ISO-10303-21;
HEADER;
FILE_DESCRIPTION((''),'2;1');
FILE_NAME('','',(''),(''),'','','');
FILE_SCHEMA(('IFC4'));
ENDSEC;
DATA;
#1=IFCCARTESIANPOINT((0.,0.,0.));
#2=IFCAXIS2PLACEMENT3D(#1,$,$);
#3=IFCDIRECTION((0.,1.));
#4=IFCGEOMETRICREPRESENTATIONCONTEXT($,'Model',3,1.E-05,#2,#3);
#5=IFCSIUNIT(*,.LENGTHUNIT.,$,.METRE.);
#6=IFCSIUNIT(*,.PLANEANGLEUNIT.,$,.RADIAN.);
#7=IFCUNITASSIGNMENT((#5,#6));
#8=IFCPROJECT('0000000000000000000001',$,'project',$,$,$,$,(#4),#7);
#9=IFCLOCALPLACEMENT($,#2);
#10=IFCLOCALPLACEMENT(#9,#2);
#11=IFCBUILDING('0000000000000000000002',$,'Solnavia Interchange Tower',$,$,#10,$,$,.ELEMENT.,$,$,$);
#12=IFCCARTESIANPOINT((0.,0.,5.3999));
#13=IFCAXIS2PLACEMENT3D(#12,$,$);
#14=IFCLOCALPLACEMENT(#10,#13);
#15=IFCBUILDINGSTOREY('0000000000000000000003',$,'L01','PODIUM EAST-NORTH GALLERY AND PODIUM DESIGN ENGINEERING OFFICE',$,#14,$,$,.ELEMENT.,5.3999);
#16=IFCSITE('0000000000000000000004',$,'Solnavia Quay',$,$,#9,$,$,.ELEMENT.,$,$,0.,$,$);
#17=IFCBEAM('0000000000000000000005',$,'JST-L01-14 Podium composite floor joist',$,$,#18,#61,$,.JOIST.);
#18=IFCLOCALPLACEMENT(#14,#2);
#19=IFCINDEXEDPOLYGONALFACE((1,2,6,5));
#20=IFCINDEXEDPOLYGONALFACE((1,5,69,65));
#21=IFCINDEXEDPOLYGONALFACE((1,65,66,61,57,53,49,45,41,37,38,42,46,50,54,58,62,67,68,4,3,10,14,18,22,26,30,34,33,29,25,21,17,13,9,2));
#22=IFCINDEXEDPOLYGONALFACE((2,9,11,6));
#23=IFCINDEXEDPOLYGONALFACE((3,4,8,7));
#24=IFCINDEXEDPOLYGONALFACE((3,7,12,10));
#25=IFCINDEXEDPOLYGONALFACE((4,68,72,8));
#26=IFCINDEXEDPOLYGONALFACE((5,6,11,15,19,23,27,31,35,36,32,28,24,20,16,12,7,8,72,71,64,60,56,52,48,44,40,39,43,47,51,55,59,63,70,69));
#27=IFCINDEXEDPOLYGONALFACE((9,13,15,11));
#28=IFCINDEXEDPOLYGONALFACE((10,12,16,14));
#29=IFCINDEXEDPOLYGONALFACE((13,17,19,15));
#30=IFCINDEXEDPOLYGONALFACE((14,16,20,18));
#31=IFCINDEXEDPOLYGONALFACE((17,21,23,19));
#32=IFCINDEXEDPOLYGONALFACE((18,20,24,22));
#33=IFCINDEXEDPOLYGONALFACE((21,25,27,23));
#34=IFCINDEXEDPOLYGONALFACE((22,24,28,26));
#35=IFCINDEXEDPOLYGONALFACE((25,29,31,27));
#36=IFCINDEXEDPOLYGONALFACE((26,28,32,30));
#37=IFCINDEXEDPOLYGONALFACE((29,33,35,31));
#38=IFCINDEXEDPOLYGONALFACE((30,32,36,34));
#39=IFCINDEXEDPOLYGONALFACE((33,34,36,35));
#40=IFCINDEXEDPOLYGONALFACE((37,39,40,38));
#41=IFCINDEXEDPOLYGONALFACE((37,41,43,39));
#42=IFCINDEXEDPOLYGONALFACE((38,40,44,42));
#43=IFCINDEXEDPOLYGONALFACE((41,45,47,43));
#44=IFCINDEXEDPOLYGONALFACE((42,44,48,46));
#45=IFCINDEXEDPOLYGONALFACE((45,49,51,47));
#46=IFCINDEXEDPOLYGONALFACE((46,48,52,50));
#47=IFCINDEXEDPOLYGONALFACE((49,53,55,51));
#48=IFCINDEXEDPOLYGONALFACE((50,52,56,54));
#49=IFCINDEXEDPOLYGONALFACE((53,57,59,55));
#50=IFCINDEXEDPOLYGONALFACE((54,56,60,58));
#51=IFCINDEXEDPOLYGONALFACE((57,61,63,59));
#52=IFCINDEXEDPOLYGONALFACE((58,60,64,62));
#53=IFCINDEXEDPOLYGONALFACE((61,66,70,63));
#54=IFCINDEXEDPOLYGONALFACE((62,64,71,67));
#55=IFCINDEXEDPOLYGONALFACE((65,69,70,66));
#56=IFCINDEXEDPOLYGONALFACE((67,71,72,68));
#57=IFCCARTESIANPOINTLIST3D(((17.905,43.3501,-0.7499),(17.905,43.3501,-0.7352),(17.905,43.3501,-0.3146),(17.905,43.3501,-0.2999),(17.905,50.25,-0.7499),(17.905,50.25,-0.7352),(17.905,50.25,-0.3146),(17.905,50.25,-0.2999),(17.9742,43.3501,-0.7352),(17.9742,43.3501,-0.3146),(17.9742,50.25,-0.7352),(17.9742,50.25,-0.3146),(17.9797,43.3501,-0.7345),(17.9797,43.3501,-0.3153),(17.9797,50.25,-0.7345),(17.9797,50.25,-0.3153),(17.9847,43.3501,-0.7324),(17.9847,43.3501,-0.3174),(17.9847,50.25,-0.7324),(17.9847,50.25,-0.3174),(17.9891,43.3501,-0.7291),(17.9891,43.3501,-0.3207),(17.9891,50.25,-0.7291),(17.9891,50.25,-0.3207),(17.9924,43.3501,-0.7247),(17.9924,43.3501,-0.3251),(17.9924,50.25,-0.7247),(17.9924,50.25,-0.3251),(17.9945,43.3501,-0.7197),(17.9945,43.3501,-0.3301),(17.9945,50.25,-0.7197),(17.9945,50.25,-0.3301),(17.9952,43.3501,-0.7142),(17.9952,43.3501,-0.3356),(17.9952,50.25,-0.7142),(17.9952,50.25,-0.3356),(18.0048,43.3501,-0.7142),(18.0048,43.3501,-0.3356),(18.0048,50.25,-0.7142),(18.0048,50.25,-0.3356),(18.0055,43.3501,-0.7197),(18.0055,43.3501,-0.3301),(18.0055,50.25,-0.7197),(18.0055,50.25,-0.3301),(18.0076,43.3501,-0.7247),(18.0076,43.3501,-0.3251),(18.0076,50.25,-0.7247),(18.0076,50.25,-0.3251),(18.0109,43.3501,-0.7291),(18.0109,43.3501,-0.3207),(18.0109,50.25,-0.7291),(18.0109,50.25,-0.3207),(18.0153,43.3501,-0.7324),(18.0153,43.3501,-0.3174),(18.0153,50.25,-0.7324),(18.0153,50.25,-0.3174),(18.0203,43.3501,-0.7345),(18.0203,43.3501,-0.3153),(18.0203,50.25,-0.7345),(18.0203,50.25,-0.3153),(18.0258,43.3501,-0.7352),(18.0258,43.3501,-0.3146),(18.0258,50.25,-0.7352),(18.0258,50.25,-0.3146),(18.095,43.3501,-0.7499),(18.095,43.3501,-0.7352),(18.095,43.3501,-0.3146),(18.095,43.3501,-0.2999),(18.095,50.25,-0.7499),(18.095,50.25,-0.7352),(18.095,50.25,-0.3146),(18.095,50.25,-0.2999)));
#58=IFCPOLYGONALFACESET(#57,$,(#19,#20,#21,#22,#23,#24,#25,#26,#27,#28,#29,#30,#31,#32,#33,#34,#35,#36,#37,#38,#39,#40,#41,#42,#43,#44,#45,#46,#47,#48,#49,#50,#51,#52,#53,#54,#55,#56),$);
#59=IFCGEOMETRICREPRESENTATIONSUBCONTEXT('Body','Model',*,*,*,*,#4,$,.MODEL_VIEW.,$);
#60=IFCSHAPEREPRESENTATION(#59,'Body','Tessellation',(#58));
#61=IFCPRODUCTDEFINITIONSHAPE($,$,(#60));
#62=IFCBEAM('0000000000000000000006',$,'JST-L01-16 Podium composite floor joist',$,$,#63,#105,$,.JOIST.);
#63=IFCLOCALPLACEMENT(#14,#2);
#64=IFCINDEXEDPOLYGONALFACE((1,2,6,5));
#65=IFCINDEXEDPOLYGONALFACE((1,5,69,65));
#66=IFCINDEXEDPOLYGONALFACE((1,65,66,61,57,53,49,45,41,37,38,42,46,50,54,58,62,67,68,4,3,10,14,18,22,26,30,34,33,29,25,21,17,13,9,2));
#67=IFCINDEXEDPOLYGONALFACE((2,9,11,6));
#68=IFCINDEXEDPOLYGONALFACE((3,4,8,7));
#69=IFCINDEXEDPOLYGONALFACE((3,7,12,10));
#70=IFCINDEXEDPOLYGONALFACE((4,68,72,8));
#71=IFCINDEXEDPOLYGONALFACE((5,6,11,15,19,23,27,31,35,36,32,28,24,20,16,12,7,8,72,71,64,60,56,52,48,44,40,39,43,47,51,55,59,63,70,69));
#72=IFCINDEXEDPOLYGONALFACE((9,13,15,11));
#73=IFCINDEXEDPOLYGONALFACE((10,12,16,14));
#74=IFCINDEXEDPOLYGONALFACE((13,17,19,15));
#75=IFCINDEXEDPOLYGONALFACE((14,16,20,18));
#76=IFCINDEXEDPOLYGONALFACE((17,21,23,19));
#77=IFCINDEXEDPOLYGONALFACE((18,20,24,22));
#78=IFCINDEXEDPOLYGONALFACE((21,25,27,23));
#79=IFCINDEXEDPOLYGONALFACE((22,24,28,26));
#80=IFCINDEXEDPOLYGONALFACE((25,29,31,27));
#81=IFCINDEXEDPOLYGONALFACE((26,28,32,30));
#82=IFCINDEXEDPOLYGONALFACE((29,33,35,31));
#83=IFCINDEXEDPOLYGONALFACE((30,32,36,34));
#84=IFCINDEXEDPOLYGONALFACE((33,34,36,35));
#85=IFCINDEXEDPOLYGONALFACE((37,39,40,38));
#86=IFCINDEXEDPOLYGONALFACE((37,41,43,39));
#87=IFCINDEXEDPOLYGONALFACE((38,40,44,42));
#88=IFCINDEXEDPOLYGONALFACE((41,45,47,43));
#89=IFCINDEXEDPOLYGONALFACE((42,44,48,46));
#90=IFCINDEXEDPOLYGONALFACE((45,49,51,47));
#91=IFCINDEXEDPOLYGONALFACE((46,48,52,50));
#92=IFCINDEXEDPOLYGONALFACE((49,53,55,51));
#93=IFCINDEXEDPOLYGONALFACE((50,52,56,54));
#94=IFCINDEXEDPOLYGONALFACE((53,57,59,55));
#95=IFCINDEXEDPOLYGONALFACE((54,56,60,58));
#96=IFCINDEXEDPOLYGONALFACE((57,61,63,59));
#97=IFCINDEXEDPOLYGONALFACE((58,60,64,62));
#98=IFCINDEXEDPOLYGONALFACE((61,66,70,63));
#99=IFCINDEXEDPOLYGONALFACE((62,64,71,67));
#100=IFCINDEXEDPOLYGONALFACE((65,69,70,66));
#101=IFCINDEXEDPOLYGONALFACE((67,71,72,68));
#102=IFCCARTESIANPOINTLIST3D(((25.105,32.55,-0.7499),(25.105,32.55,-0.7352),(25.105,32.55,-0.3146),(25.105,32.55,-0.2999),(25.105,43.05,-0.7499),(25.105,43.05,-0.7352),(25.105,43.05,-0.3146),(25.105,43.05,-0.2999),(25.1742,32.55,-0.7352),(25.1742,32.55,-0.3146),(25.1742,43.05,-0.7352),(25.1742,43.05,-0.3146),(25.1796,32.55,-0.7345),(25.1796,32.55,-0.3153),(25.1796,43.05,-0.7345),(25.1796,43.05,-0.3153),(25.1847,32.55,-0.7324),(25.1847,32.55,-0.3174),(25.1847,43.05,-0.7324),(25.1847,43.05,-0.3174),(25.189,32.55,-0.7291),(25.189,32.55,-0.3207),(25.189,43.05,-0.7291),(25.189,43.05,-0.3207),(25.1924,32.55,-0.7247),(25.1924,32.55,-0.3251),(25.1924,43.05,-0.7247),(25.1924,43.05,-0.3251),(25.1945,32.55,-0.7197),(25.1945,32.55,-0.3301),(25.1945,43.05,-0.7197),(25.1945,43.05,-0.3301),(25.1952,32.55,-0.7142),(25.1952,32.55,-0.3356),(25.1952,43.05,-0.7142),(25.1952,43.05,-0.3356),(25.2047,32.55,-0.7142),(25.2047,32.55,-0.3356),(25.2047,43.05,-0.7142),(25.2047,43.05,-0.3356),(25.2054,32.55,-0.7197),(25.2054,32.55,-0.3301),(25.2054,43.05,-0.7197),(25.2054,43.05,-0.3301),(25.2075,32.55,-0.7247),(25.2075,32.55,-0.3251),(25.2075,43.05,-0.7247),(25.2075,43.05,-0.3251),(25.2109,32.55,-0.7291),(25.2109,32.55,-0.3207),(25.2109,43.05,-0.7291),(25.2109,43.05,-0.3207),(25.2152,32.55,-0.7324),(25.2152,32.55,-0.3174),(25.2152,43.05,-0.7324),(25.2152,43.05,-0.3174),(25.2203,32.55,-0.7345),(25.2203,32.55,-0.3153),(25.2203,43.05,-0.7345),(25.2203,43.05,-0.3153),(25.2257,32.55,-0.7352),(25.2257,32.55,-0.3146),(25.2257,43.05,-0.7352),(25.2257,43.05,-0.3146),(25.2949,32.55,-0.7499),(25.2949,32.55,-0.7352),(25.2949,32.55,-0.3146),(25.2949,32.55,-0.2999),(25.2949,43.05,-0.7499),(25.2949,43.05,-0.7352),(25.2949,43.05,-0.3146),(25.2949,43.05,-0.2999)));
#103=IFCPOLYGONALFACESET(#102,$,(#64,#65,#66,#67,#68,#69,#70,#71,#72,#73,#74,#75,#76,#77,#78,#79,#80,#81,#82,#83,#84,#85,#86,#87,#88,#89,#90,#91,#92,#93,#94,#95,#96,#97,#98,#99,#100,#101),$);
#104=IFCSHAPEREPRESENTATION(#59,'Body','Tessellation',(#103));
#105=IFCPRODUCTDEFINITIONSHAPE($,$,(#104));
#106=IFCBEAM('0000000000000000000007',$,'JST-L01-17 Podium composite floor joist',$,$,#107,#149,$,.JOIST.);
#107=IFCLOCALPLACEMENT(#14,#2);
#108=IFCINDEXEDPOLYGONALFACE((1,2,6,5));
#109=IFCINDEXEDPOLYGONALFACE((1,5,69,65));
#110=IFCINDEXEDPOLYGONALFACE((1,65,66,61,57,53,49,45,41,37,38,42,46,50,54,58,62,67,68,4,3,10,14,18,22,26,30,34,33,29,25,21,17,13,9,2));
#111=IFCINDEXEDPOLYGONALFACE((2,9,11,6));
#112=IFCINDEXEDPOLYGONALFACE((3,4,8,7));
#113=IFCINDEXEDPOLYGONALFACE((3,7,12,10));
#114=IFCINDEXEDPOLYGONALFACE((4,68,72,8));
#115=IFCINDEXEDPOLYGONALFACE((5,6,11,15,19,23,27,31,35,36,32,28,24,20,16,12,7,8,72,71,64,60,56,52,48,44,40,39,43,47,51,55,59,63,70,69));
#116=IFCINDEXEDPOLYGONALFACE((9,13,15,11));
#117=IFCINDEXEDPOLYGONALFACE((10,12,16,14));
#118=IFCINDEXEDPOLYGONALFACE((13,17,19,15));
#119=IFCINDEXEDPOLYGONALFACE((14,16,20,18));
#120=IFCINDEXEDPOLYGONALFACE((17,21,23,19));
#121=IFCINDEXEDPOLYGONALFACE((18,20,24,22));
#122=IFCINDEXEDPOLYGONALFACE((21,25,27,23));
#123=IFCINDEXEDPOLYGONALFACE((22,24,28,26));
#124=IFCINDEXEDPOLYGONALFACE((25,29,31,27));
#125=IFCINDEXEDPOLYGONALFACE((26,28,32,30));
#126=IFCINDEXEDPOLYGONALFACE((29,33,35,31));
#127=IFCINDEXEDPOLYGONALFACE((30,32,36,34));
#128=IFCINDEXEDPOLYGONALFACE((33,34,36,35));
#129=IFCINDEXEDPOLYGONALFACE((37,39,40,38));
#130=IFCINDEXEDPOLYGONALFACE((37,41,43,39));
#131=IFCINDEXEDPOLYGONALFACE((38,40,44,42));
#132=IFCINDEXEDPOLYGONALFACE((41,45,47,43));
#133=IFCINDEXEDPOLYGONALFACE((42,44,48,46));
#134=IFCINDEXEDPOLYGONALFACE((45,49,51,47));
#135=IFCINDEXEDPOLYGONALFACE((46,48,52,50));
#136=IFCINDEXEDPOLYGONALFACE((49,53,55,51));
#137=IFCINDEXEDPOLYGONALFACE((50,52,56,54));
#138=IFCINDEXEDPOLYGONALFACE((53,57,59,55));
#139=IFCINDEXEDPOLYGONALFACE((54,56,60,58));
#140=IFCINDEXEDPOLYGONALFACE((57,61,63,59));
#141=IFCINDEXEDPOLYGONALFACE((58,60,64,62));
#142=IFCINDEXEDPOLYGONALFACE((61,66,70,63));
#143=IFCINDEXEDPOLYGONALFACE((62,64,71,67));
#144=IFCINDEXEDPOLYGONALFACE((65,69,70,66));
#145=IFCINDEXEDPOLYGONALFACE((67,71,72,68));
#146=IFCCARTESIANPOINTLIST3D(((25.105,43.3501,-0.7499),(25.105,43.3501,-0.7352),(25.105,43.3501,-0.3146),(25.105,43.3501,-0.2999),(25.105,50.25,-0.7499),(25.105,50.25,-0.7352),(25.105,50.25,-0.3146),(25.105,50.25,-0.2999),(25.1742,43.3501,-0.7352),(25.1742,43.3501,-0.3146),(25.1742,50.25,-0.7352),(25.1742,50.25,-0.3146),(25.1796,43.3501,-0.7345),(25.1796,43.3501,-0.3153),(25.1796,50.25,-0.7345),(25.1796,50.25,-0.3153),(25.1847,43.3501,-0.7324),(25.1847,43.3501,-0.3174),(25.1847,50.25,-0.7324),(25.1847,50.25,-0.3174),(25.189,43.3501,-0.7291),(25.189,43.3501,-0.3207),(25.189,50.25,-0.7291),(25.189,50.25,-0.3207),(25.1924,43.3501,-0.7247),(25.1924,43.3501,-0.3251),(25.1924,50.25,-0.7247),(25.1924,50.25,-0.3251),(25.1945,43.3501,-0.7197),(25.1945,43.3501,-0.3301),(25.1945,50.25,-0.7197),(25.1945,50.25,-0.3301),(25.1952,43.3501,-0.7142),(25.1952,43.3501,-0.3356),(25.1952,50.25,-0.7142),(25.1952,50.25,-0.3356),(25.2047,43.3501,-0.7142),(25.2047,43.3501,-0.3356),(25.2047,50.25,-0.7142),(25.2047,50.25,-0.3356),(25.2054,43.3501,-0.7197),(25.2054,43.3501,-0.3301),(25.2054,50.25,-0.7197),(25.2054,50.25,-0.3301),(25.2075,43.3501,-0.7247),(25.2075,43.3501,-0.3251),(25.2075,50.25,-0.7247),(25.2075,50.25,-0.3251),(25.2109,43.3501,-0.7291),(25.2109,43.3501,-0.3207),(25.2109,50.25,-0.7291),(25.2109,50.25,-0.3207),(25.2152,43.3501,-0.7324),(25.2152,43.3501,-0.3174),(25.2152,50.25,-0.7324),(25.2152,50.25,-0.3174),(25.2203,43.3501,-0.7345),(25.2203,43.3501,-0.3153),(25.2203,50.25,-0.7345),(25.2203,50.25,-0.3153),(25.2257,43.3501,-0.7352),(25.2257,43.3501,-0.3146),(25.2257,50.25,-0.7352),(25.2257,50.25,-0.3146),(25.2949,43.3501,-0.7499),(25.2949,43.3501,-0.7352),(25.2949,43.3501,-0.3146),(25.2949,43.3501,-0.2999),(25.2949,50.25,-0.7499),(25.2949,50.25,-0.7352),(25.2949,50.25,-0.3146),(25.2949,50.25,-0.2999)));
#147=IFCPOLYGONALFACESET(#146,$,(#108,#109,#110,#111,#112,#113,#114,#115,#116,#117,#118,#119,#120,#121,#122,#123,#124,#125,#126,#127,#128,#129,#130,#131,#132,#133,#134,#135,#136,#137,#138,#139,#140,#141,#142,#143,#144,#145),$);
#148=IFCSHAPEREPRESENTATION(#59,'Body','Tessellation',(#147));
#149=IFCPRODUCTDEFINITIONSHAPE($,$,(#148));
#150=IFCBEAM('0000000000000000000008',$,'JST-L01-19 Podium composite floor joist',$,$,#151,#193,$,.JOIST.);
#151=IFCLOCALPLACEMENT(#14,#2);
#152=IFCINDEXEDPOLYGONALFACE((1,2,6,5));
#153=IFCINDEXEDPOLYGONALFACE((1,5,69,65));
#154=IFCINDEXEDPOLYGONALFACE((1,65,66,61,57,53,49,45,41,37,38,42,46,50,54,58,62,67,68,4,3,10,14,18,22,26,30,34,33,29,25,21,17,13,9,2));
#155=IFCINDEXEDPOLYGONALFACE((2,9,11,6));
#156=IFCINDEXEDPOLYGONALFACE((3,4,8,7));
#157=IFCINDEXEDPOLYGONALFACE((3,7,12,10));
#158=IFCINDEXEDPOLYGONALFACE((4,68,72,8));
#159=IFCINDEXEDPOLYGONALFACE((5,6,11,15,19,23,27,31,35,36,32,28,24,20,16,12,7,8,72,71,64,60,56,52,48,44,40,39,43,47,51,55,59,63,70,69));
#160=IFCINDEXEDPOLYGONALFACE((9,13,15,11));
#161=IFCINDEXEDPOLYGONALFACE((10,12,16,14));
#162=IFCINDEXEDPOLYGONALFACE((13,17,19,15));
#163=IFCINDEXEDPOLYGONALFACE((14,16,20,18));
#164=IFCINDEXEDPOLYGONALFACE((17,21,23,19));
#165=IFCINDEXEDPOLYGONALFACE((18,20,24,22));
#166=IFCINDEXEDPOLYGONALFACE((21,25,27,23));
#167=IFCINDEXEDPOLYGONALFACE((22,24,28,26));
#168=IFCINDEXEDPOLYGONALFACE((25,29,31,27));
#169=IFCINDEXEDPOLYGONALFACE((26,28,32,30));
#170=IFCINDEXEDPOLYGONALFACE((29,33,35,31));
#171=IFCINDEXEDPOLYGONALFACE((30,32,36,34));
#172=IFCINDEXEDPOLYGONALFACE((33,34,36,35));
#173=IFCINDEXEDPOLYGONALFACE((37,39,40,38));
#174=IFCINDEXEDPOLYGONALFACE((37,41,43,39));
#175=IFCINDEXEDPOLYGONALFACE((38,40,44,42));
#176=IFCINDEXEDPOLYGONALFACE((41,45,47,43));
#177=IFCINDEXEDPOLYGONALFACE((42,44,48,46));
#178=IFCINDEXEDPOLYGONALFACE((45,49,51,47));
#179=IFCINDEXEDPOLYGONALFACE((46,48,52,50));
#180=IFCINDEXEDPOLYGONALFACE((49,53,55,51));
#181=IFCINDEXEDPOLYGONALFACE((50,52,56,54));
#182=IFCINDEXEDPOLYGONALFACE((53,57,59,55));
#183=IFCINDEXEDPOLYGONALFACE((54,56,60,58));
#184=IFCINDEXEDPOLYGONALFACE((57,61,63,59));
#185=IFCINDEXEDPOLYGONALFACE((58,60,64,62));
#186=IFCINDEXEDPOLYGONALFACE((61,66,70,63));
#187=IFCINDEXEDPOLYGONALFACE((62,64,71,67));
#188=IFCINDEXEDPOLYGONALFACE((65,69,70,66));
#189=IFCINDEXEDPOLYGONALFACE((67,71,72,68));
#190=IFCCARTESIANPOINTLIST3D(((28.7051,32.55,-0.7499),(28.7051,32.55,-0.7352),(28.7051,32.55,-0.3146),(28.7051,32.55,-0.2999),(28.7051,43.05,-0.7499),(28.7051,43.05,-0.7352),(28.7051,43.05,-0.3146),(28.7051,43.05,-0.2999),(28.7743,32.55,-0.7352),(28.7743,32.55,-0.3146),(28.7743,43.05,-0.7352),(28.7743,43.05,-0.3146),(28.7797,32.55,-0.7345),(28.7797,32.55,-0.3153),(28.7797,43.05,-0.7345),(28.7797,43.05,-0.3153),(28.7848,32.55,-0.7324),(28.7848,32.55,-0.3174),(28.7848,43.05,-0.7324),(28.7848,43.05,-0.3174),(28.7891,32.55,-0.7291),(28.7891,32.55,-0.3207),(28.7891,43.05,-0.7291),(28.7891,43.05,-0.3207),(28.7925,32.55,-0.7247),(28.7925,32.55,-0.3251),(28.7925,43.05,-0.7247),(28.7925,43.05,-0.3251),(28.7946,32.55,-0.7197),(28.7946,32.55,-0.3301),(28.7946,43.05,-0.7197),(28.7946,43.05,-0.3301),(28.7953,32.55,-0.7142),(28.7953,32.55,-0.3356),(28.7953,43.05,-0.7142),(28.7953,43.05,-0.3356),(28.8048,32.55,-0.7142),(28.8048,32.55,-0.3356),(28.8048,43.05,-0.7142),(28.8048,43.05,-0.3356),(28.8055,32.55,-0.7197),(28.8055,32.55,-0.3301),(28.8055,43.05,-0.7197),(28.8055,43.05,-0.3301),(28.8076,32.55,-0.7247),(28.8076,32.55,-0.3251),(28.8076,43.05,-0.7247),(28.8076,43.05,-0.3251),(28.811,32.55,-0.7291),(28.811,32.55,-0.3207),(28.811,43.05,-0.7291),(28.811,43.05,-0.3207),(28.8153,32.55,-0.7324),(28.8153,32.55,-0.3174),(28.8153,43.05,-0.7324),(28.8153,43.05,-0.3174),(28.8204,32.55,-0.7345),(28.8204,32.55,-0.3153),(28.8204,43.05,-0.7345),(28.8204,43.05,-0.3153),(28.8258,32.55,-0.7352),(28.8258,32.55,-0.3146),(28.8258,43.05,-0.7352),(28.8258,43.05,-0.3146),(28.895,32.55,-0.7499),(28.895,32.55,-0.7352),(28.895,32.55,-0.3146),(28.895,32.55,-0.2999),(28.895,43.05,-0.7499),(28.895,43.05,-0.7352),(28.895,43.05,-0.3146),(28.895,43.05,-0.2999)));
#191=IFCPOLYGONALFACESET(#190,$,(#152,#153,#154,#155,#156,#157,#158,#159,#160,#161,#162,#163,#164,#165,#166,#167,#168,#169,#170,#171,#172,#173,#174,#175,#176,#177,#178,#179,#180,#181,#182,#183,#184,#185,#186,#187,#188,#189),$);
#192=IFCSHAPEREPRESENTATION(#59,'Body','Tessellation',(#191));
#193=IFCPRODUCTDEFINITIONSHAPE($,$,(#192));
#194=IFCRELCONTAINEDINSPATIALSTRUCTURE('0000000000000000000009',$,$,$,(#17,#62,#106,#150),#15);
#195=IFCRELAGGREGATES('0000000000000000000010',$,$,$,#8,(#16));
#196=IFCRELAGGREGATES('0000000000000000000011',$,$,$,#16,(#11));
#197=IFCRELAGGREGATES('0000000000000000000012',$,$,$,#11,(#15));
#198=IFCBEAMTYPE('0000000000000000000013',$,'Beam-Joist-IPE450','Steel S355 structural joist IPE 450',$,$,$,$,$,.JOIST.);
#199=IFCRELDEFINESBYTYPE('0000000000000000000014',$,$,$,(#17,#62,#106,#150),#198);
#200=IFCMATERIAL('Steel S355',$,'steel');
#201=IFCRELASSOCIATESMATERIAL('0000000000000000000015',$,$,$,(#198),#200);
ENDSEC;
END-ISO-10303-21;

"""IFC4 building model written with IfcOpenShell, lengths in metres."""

from ifc_helpers import new_model, si_unit, direction, frame, origin, origin_2d, place, context, subcontext, project, spatial, i_section, extrude, material, material_profile, profile_set, type_object, element, save


model = new_model("IFC4")

# Units and contexts
model_context = context("Model", 3, precision=1e-05, world=origin(), true_north=direction((0.0, 1.0)))
body_context = subcontext(model_context, "Body", "Model", "MODEL_VIEW")
ifc_project = project(units=[si_unit("LENGTHUNIT", "METRE"), si_unit("PLANEANGLEUNIT", "RADIAN")], contexts=[model_context])

# Site, building, storey
site_placement = place(None, origin())
site = spatial("IfcSite", under=ifc_project, at=site_placement, Name="Solnavia Quay", CompositionType="ELEMENT", RefElevation=0.0)
building_placement = place(site_placement, origin())
building = spatial("IfcBuilding", under=site, at=building_placement, Name="Solnavia Interchange Tower", CompositionType="ELEMENT")
storey_placement = place(building_placement, frame((0.0, 0.0, 5.3999)))
storey = spatial("IfcBuildingStorey", under=building, at=storey_placement, Name="L01", Description="PODIUM EAST-NORTH GALLERY AND PODIUM DESIGN ENGINEERING OFFICE", CompositionType="ELEMENT", Elevation=5.3999)

# Beams
ifc_material_1 = material(Name="Steel S355", Category="steel")
ifc_material_profile_1 = material_profile(ifc_material_1, i_section(OverallWidth=0.1899, OverallDepth=0.45, WebThickness=0.0095, FlangeThickness=0.0146, FilletRadius=0.021, at=origin_2d()), Name="IPE 450")
ifc_profile_set_1 = profile_set([ifc_material_profile_1], Name="Steel S355")
beam_type_1 = type_object("IfcBeamType", Name="Beam-Joist-IPE450", Description="Steel S355 structural joist IPE 450", PredefinedType="JOIST", material=ifc_profile_set_1)
beam_1_placement = place(storey_placement, frame((18.0, 43.3501, -0.5249), z_axis=(0.0, 1.0, 0.0), x_axis=(-1.0, 0.0, 0.0)))
element("IfcBeam", 1, at=beam_1_placement, inside=storey, type_object=beam_type_1, Name="JST-L01-14 Podium composite floor joist", PredefinedType="JOIST", context=body_context, shape_type="SweptSolid", body=[
    extrude(i_section(OverallWidth=0.1899, OverallDepth=0.45, WebThickness=0.0095, FlangeThickness=0.0146, FilletRadius=0.021, at=origin_2d()), origin(), (0.0, 0.0, 1.0), 6.8999),
])
beam_2_placement = place(storey_placement, frame((25.2, 32.55, -0.5249), z_axis=(0.0, 1.0, 0.0), x_axis=(-1.0, 0.0, 0.0)))
element("IfcBeam", 2, at=beam_2_placement, inside=storey, type_object=beam_type_1, Name="JST-L01-16 Podium composite floor joist", PredefinedType="JOIST", context=body_context, shape_type="SweptSolid", body=[
    extrude(i_section(OverallWidth=0.1899, OverallDepth=0.45, WebThickness=0.0095, FlangeThickness=0.0146, FilletRadius=0.021, at=origin_2d()), origin(), (0.0, 0.0, 1.0), 10.5),
])
beam_3_placement = place(storey_placement, frame((25.2, 43.3501, -0.5249), z_axis=(0.0, 1.0, 0.0), x_axis=(-1.0, 0.0, 0.0)))
element("IfcBeam", 3, at=beam_3_placement, inside=storey, type_object=beam_type_1, Name="JST-L01-17 Podium composite floor joist", PredefinedType="JOIST", context=body_context, shape_type="SweptSolid", body=[
    extrude(i_section(OverallWidth=0.1899, OverallDepth=0.45, WebThickness=0.0095, FlangeThickness=0.0146, FilletRadius=0.021, at=origin_2d()), origin(), (0.0, 0.0, 1.0), 6.8999),
])
beam_4_placement = place(storey_placement, frame((28.8, 32.55, -0.5249), z_axis=(0.0, 1.0, 0.0), x_axis=(-1.0, 0.0, 0.0)))
element("IfcBeam", 4, at=beam_4_placement, inside=storey, type_object=beam_type_1, Name="JST-L01-19 Podium composite floor joist", PredefinedType="JOIST", context=body_context, shape_type="SweptSolid", body=[
    extrude(i_section(OverallWidth=0.1899, OverallDepth=0.45, WebThickness=0.0095, FlangeThickness=0.0146, FilletRadius=0.021, at=origin_2d()), origin(), (0.0, 0.0, 1.0), 10.5),
])

save(model, "model.ifc")
